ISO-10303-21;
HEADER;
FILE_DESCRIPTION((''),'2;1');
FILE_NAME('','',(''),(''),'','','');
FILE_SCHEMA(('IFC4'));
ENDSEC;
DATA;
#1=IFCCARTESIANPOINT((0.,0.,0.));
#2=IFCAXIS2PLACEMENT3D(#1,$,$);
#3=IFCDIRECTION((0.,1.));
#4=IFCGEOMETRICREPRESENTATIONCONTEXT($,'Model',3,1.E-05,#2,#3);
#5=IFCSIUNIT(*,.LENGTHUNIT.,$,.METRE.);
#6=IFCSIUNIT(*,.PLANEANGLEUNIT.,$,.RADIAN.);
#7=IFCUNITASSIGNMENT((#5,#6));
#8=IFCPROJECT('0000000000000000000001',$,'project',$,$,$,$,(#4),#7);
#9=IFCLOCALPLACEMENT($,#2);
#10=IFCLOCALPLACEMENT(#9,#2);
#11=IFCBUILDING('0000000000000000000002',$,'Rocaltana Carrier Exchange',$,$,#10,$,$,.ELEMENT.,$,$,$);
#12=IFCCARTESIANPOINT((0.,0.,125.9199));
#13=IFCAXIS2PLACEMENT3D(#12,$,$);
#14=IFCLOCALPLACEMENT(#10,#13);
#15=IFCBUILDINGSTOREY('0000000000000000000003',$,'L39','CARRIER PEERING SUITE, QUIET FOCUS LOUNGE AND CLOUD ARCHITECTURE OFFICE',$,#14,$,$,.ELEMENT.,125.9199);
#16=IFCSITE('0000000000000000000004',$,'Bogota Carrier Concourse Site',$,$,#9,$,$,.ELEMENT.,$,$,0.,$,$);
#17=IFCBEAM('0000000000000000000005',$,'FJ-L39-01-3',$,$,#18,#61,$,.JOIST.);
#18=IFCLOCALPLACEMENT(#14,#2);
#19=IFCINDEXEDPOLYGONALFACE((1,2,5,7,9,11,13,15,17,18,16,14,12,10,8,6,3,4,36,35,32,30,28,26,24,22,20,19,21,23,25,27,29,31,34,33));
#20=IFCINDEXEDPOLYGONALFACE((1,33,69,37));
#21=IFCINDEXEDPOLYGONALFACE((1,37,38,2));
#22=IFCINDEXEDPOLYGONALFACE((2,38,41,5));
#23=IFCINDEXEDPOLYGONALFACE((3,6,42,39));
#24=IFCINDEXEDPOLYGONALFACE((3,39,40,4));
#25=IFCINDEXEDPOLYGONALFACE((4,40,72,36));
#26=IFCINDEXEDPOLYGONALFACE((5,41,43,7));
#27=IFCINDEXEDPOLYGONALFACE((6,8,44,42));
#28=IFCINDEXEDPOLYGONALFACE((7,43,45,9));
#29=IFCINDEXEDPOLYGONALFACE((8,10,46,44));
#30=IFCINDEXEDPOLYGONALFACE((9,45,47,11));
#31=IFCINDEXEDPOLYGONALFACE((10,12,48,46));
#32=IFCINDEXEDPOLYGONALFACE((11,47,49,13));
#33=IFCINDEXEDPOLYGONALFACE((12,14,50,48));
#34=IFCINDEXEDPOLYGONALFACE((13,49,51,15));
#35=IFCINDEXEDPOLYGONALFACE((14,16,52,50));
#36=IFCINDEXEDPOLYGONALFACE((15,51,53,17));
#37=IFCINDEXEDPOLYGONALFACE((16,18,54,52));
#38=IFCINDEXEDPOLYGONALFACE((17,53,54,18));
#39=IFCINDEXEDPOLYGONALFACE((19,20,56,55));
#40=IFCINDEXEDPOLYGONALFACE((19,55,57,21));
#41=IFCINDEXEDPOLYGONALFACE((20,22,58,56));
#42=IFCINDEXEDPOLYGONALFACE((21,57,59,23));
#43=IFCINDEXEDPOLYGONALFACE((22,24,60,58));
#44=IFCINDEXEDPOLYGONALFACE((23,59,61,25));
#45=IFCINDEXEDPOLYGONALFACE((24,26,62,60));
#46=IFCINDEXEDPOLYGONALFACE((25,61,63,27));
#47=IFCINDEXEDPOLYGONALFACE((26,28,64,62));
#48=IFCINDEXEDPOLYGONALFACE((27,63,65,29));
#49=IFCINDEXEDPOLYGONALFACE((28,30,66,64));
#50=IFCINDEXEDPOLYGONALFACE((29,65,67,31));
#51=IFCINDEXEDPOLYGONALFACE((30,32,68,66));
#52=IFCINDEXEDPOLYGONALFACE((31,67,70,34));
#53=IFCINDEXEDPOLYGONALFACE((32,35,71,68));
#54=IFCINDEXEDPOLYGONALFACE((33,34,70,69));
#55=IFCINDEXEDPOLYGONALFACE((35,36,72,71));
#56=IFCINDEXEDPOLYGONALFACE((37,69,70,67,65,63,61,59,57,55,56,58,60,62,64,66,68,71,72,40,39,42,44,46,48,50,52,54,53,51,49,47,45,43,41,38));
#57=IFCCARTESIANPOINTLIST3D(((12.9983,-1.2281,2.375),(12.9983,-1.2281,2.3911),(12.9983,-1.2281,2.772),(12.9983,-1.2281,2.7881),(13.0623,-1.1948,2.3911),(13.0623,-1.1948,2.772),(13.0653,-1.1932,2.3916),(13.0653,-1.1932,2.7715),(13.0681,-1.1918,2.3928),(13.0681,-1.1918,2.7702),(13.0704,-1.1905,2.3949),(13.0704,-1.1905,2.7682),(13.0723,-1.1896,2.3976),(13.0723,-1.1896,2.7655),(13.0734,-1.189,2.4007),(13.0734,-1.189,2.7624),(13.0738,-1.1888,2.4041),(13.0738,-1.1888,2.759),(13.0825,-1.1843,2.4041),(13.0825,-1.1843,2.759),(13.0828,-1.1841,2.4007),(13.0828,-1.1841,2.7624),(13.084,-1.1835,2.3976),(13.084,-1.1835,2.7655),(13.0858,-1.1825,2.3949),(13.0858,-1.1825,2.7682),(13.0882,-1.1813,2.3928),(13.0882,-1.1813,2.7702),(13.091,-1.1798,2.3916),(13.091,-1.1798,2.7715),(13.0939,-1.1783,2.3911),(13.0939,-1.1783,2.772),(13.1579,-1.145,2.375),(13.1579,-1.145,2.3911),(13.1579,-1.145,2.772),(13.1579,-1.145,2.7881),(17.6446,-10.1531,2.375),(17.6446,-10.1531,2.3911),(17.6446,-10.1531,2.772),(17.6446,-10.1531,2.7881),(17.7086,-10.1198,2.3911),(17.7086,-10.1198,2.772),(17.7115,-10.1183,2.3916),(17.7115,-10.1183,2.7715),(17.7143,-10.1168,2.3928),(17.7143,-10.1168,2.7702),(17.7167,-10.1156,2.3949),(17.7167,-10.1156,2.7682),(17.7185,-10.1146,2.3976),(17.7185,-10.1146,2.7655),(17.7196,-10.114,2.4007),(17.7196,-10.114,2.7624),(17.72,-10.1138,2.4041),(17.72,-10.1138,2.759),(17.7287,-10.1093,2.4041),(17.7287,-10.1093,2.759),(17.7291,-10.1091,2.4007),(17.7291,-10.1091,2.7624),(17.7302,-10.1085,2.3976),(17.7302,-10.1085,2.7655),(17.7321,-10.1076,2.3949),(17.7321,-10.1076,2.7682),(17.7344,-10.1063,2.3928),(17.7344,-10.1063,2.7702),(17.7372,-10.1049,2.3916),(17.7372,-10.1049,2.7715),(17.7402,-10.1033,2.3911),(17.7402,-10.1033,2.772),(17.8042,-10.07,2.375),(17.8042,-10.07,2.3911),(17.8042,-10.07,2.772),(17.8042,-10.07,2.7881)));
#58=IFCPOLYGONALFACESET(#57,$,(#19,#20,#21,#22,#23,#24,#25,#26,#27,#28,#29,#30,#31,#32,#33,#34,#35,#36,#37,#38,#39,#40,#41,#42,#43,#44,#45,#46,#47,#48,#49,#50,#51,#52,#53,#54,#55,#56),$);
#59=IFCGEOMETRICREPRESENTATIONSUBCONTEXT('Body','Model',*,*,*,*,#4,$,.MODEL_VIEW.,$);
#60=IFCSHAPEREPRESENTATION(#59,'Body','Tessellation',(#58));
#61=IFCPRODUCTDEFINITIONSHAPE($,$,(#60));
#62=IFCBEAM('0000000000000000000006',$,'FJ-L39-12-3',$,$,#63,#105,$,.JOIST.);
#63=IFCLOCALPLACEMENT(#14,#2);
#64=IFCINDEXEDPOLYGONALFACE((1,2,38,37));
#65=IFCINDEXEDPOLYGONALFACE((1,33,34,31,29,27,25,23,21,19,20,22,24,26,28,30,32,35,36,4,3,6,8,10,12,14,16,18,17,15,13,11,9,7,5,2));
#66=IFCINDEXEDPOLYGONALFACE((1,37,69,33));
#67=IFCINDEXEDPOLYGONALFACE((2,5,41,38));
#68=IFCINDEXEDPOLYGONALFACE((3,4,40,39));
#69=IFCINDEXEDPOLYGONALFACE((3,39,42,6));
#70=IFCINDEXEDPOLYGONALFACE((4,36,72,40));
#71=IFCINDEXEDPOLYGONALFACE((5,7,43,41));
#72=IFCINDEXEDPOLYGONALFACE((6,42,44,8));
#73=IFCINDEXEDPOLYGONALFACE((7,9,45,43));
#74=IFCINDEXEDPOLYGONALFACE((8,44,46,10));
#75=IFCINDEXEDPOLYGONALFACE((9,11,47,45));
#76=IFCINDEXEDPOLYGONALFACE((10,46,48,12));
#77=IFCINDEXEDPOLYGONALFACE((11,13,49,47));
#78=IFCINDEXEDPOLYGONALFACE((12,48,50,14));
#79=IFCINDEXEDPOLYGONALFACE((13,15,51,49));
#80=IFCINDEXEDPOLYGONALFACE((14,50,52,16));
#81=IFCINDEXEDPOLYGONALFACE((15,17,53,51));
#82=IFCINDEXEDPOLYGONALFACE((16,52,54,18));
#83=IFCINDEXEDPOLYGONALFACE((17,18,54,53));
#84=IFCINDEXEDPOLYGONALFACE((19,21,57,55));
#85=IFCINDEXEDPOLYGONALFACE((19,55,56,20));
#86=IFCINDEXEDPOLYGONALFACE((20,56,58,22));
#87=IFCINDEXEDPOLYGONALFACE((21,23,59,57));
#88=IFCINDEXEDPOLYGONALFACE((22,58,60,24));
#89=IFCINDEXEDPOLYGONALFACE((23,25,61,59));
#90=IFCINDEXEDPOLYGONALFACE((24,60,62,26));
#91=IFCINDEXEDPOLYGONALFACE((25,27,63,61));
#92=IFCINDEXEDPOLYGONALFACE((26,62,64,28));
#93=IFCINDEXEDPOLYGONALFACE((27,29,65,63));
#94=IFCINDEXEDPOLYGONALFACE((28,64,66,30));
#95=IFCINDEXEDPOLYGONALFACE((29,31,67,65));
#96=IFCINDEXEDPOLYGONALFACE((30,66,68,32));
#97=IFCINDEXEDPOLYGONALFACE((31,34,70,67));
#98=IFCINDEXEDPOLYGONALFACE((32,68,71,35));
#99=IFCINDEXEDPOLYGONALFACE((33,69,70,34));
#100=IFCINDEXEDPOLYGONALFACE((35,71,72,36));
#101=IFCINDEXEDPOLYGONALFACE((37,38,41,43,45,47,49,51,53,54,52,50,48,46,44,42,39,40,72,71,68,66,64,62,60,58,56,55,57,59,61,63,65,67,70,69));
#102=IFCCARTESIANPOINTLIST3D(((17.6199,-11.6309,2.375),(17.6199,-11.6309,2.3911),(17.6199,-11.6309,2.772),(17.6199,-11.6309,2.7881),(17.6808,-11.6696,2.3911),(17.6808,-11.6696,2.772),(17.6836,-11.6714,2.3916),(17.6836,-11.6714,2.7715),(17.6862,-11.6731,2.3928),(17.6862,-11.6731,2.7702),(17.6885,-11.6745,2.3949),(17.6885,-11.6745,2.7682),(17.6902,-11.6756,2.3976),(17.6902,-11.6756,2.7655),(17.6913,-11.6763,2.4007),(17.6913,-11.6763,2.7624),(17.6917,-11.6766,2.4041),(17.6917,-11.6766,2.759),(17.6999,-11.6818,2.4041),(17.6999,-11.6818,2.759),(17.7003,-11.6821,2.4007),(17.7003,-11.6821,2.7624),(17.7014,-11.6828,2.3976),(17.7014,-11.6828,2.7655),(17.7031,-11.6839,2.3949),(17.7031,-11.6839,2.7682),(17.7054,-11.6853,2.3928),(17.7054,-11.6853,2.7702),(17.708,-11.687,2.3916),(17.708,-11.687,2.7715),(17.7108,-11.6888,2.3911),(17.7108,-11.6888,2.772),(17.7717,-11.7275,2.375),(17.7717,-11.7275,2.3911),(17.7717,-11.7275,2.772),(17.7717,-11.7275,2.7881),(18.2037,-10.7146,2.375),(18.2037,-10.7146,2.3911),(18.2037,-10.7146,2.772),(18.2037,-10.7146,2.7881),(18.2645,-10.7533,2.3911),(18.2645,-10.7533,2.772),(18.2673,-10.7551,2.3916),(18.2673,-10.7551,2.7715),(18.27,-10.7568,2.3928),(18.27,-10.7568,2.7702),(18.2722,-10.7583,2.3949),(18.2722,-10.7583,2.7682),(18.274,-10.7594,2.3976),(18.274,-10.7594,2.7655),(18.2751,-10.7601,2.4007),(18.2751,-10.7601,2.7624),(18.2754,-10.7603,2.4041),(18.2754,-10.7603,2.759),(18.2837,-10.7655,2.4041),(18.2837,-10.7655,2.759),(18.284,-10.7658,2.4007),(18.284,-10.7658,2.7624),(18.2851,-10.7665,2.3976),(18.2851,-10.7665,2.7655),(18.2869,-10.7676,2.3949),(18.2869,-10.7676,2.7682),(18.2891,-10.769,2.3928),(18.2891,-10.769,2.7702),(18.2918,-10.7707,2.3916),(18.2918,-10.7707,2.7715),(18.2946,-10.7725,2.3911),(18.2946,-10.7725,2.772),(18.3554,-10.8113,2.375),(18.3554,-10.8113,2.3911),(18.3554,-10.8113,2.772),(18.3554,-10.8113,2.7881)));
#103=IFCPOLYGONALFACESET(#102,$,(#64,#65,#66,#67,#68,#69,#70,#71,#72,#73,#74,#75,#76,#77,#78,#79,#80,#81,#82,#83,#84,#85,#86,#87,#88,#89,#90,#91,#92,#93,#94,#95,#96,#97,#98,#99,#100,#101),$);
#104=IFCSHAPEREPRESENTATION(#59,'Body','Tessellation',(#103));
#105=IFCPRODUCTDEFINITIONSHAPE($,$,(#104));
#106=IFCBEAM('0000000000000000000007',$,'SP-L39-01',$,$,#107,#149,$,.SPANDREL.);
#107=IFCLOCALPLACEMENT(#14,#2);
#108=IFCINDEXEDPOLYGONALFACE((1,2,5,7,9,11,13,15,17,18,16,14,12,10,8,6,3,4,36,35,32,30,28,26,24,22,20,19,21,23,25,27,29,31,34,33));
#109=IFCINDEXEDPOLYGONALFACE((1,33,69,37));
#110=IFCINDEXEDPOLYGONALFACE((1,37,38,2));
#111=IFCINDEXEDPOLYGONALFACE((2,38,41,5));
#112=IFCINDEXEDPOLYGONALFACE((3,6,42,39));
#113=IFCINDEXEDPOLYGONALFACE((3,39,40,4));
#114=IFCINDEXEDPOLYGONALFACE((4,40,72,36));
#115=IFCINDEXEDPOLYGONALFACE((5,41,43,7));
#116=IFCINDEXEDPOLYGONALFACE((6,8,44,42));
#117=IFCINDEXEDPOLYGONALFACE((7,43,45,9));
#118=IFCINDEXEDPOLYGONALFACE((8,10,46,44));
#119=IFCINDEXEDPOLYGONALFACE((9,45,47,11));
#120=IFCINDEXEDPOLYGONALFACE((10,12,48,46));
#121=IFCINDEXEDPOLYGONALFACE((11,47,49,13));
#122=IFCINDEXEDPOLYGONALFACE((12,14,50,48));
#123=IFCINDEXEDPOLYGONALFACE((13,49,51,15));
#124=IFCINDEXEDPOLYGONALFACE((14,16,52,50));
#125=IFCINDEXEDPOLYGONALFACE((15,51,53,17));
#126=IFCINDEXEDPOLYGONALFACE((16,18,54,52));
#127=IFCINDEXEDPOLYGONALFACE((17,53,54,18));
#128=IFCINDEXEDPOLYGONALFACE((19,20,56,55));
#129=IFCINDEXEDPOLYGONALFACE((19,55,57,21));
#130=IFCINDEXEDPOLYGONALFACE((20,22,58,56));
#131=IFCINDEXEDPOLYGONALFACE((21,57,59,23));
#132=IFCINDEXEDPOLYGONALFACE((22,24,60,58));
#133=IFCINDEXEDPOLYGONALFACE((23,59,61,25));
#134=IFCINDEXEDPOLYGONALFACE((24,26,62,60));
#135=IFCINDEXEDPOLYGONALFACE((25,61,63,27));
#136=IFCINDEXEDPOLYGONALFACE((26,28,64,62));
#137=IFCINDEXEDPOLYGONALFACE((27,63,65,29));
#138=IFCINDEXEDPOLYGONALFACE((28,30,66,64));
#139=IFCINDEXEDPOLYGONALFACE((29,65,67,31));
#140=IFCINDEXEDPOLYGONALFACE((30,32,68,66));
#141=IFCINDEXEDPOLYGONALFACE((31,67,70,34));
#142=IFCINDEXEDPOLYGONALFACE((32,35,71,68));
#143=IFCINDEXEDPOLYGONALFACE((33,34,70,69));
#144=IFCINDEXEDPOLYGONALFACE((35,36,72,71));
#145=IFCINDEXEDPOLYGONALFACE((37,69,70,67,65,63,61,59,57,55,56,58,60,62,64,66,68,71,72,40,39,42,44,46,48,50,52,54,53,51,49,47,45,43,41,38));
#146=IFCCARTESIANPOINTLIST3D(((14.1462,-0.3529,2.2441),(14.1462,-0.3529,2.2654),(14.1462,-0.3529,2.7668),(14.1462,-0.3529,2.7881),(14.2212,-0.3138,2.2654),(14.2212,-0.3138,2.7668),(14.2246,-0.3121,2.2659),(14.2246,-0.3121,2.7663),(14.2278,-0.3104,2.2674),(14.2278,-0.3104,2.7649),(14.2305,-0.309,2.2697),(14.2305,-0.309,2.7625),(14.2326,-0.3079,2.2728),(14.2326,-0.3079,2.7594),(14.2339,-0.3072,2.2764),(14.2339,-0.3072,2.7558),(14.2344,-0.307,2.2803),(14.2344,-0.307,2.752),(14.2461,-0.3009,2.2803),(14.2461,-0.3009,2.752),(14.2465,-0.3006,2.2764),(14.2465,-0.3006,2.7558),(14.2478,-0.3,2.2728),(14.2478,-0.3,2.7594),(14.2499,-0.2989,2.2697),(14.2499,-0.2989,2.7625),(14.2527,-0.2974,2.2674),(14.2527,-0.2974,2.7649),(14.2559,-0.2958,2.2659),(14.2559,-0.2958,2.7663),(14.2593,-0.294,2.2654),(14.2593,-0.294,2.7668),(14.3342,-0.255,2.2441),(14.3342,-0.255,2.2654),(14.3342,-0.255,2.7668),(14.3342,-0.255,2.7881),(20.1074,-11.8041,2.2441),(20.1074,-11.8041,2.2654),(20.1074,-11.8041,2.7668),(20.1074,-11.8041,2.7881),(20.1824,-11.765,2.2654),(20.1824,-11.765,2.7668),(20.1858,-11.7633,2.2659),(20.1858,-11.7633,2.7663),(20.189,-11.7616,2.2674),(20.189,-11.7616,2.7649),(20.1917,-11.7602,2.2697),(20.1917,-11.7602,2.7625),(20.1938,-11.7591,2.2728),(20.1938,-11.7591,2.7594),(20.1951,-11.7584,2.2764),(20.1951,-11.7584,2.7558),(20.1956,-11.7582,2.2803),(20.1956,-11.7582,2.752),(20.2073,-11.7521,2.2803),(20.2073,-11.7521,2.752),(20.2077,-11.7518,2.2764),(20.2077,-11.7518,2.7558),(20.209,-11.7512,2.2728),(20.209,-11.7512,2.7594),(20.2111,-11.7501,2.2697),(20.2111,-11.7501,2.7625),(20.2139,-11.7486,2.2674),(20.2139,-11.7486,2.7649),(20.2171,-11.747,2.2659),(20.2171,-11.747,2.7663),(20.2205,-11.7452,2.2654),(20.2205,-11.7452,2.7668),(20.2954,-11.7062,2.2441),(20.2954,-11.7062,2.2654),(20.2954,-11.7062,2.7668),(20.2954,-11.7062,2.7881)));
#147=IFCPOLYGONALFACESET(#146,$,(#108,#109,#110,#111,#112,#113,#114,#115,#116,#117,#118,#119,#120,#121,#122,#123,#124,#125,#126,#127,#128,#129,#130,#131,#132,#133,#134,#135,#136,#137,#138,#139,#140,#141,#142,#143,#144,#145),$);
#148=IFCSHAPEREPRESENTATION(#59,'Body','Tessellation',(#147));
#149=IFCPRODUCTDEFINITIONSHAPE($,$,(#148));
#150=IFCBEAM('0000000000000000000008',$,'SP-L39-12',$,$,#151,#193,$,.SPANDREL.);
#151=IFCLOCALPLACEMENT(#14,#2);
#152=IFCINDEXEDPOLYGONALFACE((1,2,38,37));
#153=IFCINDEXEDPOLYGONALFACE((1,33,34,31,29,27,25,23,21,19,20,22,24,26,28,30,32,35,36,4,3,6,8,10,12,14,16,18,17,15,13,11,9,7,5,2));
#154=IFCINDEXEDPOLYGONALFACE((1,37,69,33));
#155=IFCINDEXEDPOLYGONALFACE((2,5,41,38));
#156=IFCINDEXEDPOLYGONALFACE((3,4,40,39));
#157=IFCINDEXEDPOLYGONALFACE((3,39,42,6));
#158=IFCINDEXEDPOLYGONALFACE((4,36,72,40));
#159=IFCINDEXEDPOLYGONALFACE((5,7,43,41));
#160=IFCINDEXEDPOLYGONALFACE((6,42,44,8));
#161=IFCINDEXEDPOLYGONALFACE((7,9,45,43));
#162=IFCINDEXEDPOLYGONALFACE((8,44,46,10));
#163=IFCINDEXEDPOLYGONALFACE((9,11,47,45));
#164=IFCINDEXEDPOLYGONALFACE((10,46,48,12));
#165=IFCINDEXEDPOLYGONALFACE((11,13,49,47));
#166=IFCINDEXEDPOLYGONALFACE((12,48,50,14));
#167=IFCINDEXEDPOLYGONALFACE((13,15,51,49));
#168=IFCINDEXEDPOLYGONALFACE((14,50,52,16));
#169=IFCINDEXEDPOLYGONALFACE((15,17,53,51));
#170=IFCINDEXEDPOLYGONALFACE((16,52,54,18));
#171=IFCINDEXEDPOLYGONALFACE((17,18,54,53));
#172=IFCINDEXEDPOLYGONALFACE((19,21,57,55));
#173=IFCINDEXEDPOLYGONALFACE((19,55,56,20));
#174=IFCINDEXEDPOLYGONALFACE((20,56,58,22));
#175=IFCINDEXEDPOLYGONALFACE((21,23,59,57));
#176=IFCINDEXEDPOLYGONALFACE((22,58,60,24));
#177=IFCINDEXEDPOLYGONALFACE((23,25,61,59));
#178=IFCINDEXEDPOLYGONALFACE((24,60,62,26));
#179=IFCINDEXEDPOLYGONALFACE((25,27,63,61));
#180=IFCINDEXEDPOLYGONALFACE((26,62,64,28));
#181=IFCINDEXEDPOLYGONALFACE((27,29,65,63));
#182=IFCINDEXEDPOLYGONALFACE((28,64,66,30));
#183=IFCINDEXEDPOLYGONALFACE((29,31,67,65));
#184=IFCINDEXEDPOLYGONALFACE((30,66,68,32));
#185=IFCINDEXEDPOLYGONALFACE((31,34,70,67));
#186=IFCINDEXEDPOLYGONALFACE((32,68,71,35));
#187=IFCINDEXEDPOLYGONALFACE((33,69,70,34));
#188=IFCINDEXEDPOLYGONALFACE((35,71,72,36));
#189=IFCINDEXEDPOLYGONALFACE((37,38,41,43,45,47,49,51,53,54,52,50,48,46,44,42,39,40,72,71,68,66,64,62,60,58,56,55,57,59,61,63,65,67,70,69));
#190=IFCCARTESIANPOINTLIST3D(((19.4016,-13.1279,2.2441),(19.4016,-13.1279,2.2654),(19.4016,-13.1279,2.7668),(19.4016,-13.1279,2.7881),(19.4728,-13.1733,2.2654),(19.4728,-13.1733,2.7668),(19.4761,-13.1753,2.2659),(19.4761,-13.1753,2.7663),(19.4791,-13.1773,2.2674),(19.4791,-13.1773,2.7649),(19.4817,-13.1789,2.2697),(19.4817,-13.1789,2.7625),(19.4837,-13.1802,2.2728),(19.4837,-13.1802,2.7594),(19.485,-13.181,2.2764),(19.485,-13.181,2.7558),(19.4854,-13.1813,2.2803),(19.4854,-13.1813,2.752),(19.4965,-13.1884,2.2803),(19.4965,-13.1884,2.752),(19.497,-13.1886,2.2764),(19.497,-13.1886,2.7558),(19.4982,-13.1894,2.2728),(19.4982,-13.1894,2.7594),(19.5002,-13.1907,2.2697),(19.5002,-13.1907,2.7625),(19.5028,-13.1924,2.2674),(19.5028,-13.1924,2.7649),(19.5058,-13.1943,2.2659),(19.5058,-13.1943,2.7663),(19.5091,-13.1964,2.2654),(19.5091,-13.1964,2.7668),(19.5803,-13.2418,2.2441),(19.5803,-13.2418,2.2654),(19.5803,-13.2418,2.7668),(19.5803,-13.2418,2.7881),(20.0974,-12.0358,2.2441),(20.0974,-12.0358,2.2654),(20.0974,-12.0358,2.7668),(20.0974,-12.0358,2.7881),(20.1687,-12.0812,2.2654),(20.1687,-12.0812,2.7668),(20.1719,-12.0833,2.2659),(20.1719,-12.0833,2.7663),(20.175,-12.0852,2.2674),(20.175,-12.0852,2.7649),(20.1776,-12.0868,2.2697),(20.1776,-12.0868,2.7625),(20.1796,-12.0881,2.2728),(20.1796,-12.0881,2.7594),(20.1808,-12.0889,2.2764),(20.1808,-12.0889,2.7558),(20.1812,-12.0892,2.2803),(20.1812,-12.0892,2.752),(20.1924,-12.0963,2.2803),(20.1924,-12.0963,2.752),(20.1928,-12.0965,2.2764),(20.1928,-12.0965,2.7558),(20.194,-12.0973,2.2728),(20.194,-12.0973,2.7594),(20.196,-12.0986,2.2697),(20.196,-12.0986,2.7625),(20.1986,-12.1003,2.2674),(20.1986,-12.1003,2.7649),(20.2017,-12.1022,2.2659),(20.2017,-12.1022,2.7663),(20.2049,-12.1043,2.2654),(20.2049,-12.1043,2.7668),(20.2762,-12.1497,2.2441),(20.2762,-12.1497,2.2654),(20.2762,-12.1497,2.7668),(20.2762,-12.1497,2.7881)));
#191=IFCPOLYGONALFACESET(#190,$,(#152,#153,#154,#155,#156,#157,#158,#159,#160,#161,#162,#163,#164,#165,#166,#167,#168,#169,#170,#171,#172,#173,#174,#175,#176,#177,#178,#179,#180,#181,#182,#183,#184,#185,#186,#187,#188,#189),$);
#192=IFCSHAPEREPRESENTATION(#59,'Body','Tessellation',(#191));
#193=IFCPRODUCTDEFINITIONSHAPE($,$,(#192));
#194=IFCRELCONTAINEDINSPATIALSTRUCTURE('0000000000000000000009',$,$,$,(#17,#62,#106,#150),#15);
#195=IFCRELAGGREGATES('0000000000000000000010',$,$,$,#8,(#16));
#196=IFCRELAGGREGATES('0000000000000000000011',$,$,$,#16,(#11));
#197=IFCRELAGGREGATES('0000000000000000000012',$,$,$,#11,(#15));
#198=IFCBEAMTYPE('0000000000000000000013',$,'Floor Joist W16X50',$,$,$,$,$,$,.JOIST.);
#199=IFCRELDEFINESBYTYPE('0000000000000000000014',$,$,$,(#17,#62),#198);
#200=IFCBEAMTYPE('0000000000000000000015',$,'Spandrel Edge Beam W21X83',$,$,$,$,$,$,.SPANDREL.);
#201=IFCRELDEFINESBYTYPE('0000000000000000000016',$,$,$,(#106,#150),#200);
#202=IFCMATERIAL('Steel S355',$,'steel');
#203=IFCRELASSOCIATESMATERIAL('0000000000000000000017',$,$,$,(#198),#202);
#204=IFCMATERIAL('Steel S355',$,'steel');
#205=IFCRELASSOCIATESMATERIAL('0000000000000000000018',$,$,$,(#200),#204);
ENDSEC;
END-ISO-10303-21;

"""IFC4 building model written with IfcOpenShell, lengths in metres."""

from ifc_helpers import new_model, si_unit, direction, frame, origin, origin_2d, place, context, subcontext, project, spatial, i_section, extrude, material, material_profile, profile_set, type_object, element, save


model = new_model("IFC4")

# Units and contexts
model_context = context("Model", 3, precision=1e-05, world=origin(), true_north=direction((0.0, 1.0)))
body_context = subcontext(model_context, "Body", "Model", "MODEL_VIEW")
ifc_project = project(units=[si_unit("LENGTHUNIT", "METRE"), si_unit("PLANEANGLEUNIT", "RADIAN")], contexts=[model_context])

# Site, building, storey
site_placement = place(None, origin())
site = spatial("IfcSite", under=ifc_project, at=site_placement, Name="Bogota Carrier Concourse Site", CompositionType="ELEMENT", RefElevation=0.0)
building_placement = place(site_placement, origin())
building = spatial("IfcBuilding", under=site, at=building_placement, Name="Rocaltana Carrier Exchange", CompositionType="ELEMENT")
storey_placement = place(building_placement, frame((0.0, 0.0, 125.9199)))
storey = spatial("IfcBuildingStorey", under=building, at=storey_placement, Name="L39", Description="CARRIER PEERING SUITE, QUIET FOCUS LOUNGE AND CLOUD ARCHITECTURE OFFICE", CompositionType="ELEMENT", Elevation=125.9199)

# Beams
ifc_material_1 = material(Name="Steel S355", Category="steel")
ifc_material_profile_1 = material_profile(ifc_material_1, i_section(OverallWidth=0.1799, OverallDepth=0.4131, WebThickness=0.0098, FlangeThickness=0.0161, FilletRadius=0.0129, at=origin_2d()), Name="W16X50")
ifc_profile_set_1 = profile_set([ifc_material_profile_1], Name="Steel S355")
beam_type_1 = type_object("IfcBeamType", Name="Floor Joist W16X50", PredefinedType="JOIST", material=ifc_profile_set_1)
beam_1_placement = place(storey_placement, frame((17.7244, -10.1116, 2.5815), z_axis=(-0.461761, 0.887005, 0.0), x_axis=(-0.887005, -0.461761, 0.0)))
element("IfcBeam", 1, at=beam_1_placement, inside=storey, type_object=beam_type_1, Name="FJ-L39-01-3", PredefinedType="JOIST", context=body_context, shape_type="SweptSolid", body=[
    extrude(i_section(OverallWidth=0.1799, OverallDepth=0.4131, WebThickness=0.0098, FlangeThickness=0.0161, FilletRadius=0.0129, at=origin_2d()), origin(), (0.0, 0.0, 1.0), 10.062),
])
beam_2_placement = place(storey_placement, frame((17.6958, -11.6792, 2.5815), z_axis=(0.537312, 0.843384, 0.0), x_axis=(-0.843384, 0.537312, 0.0)))
element("IfcBeam", 2, at=beam_2_placement, inside=storey, type_object=beam_type_1, Name="FJ-L39-12-3", PredefinedType="JOIST", context=body_context, shape_type="SweptSolid", body=[
    extrude(i_section(OverallWidth=0.1799, OverallDepth=0.4131, WebThickness=0.0098, FlangeThickness=0.0161, FilletRadius=0.0129, at=origin_2d()), origin(), (0.0, 0.0, 1.0), 1.0864),
])
ifc_material_2 = material(Name="Steel S355", Category="steel")
ifc_material_profile_2 = material_profile(ifc_material_2, i_section(OverallWidth=0.2119, OverallDepth=0.5439, WebThickness=0.0132, FlangeThickness=0.0212, FilletRadius=0.0149, at=origin_2d()), Name="W21X83")
ifc_profile_set_2 = profile_set([ifc_material_profile_2], Name="Steel S355")
beam_type_2 = type_object("IfcBeamType", Name="Spandrel Edge Beam W21X83", PredefinedType="SPANDREL", material=ifc_profile_set_2)
beam_3_placement = place(storey_placement, frame((20.2014, -11.7551, 2.5161), z_axis=(-0.461753, 0.887008, 0.0), x_axis=(-0.887008, -0.461753, 0.0)))
element("IfcBeam", 3, at=beam_3_placement, inside=storey, type_object=beam_type_2, Name="SP-L39-01", PredefinedType="SPANDREL", context=body_context, shape_type="SweptSolid", body=[
    extrude(i_section(OverallWidth=0.2119, OverallDepth=0.5439, WebThickness=0.0132, FlangeThickness=0.0212, FilletRadius=0.0149, at=origin_2d()), origin(), (0.0, 0.0, 1.0), 12.9099),
])
beam_4_placement = place(storey_placement, frame((19.491, -13.1848, 2.5161), z_axis=(0.537351, 0.843359, 0.0), x_axis=(-0.843359, 0.537351, 0.0)))
element("IfcBeam", 4, at=beam_4_placement, inside=storey, type_object=beam_type_2, Name="SP-L39-12", PredefinedType="SPANDREL", context=body_context, shape_type="SweptSolid", body=[
    extrude(i_section(OverallWidth=0.2119, OverallDepth=0.5439, WebThickness=0.0132, FlangeThickness=0.0212, FilletRadius=0.0149, at=origin_2d()), origin(), (0.0, 0.0, 1.0), 1.2949),
])

save(model, "model.ifc")
